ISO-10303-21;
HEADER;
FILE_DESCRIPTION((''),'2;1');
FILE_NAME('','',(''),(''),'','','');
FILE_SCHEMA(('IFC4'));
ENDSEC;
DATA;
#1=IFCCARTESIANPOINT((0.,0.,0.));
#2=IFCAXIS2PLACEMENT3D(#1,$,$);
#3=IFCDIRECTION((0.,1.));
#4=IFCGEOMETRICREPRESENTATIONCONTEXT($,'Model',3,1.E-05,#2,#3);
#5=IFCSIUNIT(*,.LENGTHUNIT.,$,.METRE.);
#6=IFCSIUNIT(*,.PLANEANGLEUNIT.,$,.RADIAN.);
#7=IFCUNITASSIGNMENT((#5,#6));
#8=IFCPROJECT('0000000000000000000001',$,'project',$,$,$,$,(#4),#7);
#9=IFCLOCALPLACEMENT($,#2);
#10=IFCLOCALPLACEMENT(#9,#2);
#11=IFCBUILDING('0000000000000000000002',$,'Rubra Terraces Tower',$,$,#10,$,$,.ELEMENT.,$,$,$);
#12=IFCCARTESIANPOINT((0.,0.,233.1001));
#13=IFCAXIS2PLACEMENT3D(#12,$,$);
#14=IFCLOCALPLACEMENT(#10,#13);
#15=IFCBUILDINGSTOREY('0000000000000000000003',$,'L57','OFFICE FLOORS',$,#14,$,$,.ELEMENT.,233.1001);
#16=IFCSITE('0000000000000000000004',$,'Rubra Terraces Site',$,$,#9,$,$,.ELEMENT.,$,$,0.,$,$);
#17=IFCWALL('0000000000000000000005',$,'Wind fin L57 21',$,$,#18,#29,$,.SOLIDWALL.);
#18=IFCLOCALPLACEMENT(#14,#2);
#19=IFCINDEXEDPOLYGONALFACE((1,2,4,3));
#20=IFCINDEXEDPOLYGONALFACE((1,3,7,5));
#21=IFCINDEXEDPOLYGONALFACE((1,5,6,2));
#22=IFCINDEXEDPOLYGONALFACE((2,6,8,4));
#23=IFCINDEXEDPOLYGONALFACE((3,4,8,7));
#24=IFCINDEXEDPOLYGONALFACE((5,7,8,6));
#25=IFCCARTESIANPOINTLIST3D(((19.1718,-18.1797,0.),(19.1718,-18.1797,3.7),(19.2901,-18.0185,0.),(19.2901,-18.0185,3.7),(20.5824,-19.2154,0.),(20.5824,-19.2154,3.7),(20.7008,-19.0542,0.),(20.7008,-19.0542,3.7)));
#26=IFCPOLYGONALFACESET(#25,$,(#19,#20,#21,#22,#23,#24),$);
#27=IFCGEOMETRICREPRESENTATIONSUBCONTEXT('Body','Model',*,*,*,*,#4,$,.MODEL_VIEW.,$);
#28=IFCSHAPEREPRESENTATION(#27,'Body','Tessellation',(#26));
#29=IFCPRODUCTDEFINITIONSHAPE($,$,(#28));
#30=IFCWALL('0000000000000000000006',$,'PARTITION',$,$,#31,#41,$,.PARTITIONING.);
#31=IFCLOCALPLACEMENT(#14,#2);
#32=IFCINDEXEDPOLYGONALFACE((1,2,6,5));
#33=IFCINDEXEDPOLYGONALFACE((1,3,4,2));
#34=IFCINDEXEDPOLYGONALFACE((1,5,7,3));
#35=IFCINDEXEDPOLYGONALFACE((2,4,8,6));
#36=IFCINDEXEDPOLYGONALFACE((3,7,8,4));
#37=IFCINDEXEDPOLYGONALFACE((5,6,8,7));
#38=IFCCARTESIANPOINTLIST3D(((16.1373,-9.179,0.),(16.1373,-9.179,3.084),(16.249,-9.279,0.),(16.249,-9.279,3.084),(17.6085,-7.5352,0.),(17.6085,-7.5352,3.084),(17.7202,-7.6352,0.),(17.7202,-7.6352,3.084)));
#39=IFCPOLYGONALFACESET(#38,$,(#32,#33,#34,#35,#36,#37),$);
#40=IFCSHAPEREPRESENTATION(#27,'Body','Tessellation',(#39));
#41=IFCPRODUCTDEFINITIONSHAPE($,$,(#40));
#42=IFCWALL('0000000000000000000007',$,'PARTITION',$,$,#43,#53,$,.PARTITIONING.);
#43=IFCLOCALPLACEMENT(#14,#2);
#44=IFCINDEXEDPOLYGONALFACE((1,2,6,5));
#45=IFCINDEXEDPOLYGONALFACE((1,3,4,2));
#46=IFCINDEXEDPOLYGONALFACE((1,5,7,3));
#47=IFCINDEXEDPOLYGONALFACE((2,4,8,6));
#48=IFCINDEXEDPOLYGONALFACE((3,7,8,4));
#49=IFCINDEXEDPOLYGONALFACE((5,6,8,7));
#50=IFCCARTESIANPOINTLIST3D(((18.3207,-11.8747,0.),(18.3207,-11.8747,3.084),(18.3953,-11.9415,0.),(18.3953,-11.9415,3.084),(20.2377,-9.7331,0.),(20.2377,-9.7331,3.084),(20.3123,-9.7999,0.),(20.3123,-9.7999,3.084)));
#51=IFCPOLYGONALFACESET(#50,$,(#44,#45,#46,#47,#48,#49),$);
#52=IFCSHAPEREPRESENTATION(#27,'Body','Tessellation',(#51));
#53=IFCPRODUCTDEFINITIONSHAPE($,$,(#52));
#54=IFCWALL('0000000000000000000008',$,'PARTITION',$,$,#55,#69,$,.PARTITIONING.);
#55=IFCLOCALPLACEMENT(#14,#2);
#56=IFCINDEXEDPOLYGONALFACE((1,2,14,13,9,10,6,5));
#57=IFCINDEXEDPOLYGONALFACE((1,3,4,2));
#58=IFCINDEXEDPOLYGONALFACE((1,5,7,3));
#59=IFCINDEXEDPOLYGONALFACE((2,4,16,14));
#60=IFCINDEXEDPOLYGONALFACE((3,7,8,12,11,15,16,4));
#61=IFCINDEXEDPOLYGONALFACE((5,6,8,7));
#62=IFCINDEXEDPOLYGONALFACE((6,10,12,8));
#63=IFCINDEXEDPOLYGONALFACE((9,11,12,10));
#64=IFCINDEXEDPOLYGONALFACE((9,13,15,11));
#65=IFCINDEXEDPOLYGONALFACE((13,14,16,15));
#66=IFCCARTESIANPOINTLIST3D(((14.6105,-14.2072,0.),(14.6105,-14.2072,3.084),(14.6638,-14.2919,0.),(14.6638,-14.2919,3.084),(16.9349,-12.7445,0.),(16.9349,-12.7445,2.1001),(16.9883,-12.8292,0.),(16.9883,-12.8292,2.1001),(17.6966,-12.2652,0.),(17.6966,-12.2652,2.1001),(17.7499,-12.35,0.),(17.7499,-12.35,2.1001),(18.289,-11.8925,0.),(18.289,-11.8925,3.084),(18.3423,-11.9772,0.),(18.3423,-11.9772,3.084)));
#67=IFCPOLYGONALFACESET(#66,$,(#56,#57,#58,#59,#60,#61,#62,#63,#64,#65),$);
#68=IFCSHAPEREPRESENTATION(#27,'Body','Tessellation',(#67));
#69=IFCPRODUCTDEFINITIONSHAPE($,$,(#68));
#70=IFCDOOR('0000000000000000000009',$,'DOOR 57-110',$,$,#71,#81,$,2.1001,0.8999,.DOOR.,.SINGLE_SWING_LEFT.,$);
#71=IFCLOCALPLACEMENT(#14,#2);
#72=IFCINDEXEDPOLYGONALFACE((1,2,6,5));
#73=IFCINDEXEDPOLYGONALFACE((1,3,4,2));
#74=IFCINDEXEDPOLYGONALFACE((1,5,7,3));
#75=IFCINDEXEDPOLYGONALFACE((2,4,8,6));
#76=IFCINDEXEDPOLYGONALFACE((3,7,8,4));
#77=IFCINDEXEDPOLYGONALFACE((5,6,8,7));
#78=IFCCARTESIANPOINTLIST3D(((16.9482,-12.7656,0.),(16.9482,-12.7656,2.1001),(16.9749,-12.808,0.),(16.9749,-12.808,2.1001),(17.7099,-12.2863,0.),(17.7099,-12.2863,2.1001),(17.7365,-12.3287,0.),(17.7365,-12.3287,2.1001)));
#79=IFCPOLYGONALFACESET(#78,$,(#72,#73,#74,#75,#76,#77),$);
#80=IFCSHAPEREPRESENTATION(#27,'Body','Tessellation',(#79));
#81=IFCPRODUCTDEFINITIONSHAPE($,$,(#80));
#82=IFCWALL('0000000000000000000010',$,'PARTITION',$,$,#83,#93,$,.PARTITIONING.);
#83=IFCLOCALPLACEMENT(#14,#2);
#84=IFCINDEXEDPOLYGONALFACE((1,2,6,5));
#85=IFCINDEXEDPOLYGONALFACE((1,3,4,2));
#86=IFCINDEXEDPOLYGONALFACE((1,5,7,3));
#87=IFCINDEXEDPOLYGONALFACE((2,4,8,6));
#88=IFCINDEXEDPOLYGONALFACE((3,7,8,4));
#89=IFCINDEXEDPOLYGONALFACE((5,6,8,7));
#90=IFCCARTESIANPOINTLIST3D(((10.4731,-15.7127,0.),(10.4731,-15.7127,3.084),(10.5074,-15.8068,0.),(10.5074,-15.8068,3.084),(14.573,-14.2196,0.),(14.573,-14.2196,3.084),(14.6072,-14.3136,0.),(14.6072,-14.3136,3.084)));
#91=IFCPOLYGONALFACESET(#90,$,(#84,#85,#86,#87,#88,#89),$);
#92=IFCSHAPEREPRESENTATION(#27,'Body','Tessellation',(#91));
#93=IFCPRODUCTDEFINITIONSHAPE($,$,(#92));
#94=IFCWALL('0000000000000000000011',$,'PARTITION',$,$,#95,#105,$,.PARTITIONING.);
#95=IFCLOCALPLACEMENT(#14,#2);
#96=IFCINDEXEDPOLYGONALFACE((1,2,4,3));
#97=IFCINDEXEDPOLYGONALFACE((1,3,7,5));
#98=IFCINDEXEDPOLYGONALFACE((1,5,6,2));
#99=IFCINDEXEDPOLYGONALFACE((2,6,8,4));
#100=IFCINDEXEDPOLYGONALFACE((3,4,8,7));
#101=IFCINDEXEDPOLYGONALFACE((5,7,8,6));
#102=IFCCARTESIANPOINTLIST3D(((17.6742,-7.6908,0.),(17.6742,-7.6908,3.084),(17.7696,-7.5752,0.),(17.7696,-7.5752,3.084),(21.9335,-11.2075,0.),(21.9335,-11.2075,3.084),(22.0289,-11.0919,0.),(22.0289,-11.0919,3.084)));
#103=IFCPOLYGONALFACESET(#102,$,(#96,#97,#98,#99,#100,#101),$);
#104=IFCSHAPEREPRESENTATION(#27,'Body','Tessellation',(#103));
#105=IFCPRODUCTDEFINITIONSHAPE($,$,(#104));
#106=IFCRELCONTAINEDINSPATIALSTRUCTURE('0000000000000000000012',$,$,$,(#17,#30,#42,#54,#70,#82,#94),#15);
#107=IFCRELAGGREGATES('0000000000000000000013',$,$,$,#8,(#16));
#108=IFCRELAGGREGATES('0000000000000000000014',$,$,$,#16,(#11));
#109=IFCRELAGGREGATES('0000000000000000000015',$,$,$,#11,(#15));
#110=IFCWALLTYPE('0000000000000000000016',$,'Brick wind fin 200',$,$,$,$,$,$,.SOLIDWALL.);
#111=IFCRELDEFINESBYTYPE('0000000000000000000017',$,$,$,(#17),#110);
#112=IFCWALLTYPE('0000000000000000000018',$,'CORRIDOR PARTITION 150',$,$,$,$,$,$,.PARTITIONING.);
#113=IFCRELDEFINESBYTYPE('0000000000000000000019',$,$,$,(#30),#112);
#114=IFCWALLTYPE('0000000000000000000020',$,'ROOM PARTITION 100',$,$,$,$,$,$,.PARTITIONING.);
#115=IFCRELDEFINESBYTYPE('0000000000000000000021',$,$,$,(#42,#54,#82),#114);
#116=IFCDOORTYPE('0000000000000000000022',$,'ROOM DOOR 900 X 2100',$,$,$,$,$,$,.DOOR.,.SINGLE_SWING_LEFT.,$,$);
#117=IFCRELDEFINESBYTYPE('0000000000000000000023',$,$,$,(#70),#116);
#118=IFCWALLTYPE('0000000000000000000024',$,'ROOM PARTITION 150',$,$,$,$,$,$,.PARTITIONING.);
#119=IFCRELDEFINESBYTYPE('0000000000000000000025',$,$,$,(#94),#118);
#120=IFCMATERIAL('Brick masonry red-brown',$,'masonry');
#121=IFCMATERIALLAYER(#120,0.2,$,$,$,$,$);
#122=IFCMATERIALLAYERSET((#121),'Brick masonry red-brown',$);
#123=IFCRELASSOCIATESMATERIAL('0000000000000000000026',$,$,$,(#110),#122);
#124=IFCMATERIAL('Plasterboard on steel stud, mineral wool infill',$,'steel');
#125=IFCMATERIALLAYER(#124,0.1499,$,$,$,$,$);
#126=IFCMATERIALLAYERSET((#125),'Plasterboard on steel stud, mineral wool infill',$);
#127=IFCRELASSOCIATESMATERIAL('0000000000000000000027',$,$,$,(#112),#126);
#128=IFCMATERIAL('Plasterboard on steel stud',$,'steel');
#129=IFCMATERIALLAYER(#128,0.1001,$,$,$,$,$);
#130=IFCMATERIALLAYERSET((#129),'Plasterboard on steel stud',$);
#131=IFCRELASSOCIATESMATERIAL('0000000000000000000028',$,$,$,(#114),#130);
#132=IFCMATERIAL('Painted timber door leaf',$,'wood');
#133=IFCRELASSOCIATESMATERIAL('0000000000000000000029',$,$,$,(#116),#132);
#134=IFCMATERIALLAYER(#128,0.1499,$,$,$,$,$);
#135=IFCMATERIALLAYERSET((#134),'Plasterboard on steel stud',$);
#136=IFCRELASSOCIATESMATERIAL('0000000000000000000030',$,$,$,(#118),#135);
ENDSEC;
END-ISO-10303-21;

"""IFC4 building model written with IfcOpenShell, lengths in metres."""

from ifc_helpers import new_model, si_unit, direction, frame, frame_2d, origin, place, context, subcontext, project, spatial, rectangle, extrude, material, layer, layer_set, type_object, element, fill, save


model = new_model("IFC4")

# Units and contexts
model_context = context("Model", 3, precision=1e-05, world=origin(), true_north=direction((0.0, 1.0)))
body_context = subcontext(model_context, "Body", "Model", "MODEL_VIEW")
ifc_project = project(units=[si_unit("LENGTHUNIT", "METRE"), si_unit("PLANEANGLEUNIT", "RADIAN")], contexts=[model_context])

# Site, building, storey
site_placement = place(None, origin())
site = spatial("IfcSite", under=ifc_project, at=site_placement, Name="Rubra Terraces Site", CompositionType="ELEMENT", RefElevation=0.0)
building_placement = place(site_placement, origin())
building = spatial("IfcBuilding", under=site, at=building_placement, Name="Rubra Terraces Tower", CompositionType="ELEMENT")
storey_placement = place(building_placement, frame((0.0, 0.0, 233.1001)))
storey = spatial("IfcBuildingStorey", under=building, at=storey_placement, Name="L57", Description="OFFICE FLOORS", CompositionType="ELEMENT", Elevation=233.1001)

# Shared definitions
ifc_material_1 = material(Name="Brick masonry red-brown", Category="masonry")

# Walls
ifc_layer_1 = layer(ifc_material_1, 0.2)
ifc_layer_set_1 = layer_set([ifc_layer_1], Name="Brick masonry red-brown")
wall_type_1 = type_object("IfcWallType", Name="Brick wind fin 200", PredefinedType="SOLIDWALL", material=ifc_layer_set_1)
wall_1_placement = place(storey_placement, frame((19.231, -18.0991, 0.0), z_axis=(0.0, 0.0, 1.0), x_axis=(0.806086, -0.591799, 0.0)))
element("IfcWall", 1, at=wall_1_placement, inside=storey, type_object=wall_type_1, Name="Wind fin L57 21", PredefinedType="SOLIDWALL", context=body_context, shape_type="SweptSolid", body=[
    extrude(rectangle(XDim=1.75, YDim=0.2, at=frame_2d((0.875, 0.0))), origin(), (0.0, 0.0, 1.0), 3.7),
])
ifc_material_2 = material(Name="Plasterboard on steel stud, mineral wool infill", Category="steel")
ifc_layer_2 = layer(ifc_material_2, 0.1499)
ifc_layer_set_2 = layer_set([ifc_layer_2], Name="Plasterboard on steel stud, mineral wool infill")
wall_type_2 = type_object("IfcWallType", Name="CORRIDOR PARTITION 150", PredefinedType="PARTITIONING", material=ifc_layer_set_2)
wall_2_placement = place(storey_placement, frame((16.1931, -9.229, 0.0), z_axis=(0.0, 0.0, 1.0), x_axis=(0.666902, 0.745146, 0.0)))
element("IfcWall", 2, at=wall_2_placement, inside=storey, type_object=wall_type_2, Name="PARTITION", PredefinedType="PARTITIONING", context=body_context, shape_type="SweptSolid", body=[
    extrude(rectangle(XDim=2.2061, YDim=0.1499, at=frame_2d((1.103, 0.0))), origin(), (0.0, 0.0, 1.0), 3.084),
])
ifc_material_3 = material(Name="Plasterboard on steel stud", Category="steel")
ifc_layer_3 = layer(ifc_material_3, 0.1001)
ifc_layer_set_3 = layer_set([ifc_layer_3], Name="Plasterboard on steel stud")
wall_type_3 = type_object("IfcWallType", Name="ROOM PARTITION 100", PredefinedType="PARTITIONING", material=ifc_layer_set_3)
wall_3_placement = place(storey_placement, frame((20.2749, -9.7666, 0.0), z_axis=(0.0, 0.0, 1.0), x_axis=(-0.666954, -0.745099, 0.0)))
element("IfcWall", 3, at=wall_3_placement, inside=storey, type_object=wall_type_3, Name="PARTITION", PredefinedType="PARTITIONING", context=body_context, shape_type="SweptSolid", body=[
    extrude(rectangle(XDim=2.8743, YDim=0.1001, at=frame_2d((1.437, 0.0))), origin(), (0.0, 0.0, 1.0), 3.084),
])

# Wall, opening, door
wall_4_placement = place(storey_placement, frame((18.3157, -11.9348, 0.0), z_axis=(0.0, 0.0, 1.0), x_axis=(-0.846375, -0.532587, 0.0)))
wall_4 = element("IfcWall", 4, at=wall_4_placement, inside=storey, type_object=wall_type_3, Name="PARTITION", PredefinedType="PARTITIONING", context=body_context, shape_type="SweptSolid", body=[
    extrude(rectangle(XDim=4.3462, YDim=0.1001, at=frame_2d((2.1731, 0.0))), origin(), (0.0, 0.0, 1.0), 3.084),
])
opening_1_placement = place(wall_4_placement, frame((0.7, 0.0, 0.0)))
opening_1 = element("IfcOpeningElement", 5, at=opening_1_placement, cuts=wall_4, PredefinedType="OPENING", context=body_context, shape_type="SweptSolid", body=[
    extrude(rectangle(XDim=0.8999, YDim=2.1001, at=frame_2d((0.45, 1.05))), frame((0.0, 0.0601, 0.0), z_axis=(0.0, -1.0, 0.0), x_axis=(1.0, 0.0, 0.0)), (0.0, 0.0, 1.0), 0.1201),
])
ifc_material_4 = material(Name="Painted timber door leaf", Category="wood")
door_type = type_object("IfcDoorType", Name="ROOM DOOR 900 X 2100", OperationType="SINGLE_SWING_LEFT", PredefinedType="DOOR", material=ifc_material_4)
door_placement = place(opening_1_placement, origin())
door = element("IfcDoor", 6, at=door_placement, inside=storey, type_object=door_type, Name="DOOR 57-110", OperationType="SINGLE_SWING_LEFT", OverallHeight=2.1001, OverallWidth=0.8999, PredefinedType="DOOR", context=body_context, shape_type="SweptSolid", body=[
    extrude(rectangle(XDim=0.8999, YDim=2.1001, at=frame_2d((0.45, 1.05))), frame((0.0, 0.0249, 0.0), z_axis=(0.0, -1.0, 0.0), x_axis=(1.0, 0.0, 0.0)), (0.0, 0.0, 1.0), 0.05),
])
fill(opening_1, door)

# Walls
wall_5_placement = place(storey_placement, frame((14.5901, -14.2666, 0.0), z_axis=(0.0, 0.0, 1.0), x_axis=(-0.939623, -0.34221, 0.0)))
element("IfcWall", 7, at=wall_5_placement, inside=storey, type_object=wall_type_3, Name="PARTITION", PredefinedType="PARTITIONING", context=body_context, shape_type="SweptSolid", body=[
    extrude(rectangle(XDim=4.3633, YDim=0.1001, at=frame_2d((2.1816, 0.0))), origin(), (0.0, 0.0, 1.0), 3.084),
])
ifc_layer_4 = layer(ifc_material_3, 0.1499)
ifc_layer_set_4 = layer_set([ifc_layer_4], Name="Plasterboard on steel stud")
wall_type_4 = type_object("IfcWallType", Name="ROOM PARTITION 150", PredefinedType="PARTITIONING", material=ifc_layer_set_4)
wall_6_placement = place(storey_placement, frame((21.9812, -11.1497, 0.0), z_axis=(0.0, 0.0, 1.0), x_axis=(-0.771133, 0.636674, 0.0)))
element("IfcWall", 8, at=wall_6_placement, inside=storey, type_object=wall_type_4, Name="PARTITION", PredefinedType="PARTITIONING", context=body_context, shape_type="SweptSolid", body=[
    extrude(rectangle(XDim=5.5234, YDim=0.1499, at=frame_2d((2.7617, 0.0))), origin(), (0.0, 0.0, 1.0), 3.084),
])

save(model, "model.ifc")
